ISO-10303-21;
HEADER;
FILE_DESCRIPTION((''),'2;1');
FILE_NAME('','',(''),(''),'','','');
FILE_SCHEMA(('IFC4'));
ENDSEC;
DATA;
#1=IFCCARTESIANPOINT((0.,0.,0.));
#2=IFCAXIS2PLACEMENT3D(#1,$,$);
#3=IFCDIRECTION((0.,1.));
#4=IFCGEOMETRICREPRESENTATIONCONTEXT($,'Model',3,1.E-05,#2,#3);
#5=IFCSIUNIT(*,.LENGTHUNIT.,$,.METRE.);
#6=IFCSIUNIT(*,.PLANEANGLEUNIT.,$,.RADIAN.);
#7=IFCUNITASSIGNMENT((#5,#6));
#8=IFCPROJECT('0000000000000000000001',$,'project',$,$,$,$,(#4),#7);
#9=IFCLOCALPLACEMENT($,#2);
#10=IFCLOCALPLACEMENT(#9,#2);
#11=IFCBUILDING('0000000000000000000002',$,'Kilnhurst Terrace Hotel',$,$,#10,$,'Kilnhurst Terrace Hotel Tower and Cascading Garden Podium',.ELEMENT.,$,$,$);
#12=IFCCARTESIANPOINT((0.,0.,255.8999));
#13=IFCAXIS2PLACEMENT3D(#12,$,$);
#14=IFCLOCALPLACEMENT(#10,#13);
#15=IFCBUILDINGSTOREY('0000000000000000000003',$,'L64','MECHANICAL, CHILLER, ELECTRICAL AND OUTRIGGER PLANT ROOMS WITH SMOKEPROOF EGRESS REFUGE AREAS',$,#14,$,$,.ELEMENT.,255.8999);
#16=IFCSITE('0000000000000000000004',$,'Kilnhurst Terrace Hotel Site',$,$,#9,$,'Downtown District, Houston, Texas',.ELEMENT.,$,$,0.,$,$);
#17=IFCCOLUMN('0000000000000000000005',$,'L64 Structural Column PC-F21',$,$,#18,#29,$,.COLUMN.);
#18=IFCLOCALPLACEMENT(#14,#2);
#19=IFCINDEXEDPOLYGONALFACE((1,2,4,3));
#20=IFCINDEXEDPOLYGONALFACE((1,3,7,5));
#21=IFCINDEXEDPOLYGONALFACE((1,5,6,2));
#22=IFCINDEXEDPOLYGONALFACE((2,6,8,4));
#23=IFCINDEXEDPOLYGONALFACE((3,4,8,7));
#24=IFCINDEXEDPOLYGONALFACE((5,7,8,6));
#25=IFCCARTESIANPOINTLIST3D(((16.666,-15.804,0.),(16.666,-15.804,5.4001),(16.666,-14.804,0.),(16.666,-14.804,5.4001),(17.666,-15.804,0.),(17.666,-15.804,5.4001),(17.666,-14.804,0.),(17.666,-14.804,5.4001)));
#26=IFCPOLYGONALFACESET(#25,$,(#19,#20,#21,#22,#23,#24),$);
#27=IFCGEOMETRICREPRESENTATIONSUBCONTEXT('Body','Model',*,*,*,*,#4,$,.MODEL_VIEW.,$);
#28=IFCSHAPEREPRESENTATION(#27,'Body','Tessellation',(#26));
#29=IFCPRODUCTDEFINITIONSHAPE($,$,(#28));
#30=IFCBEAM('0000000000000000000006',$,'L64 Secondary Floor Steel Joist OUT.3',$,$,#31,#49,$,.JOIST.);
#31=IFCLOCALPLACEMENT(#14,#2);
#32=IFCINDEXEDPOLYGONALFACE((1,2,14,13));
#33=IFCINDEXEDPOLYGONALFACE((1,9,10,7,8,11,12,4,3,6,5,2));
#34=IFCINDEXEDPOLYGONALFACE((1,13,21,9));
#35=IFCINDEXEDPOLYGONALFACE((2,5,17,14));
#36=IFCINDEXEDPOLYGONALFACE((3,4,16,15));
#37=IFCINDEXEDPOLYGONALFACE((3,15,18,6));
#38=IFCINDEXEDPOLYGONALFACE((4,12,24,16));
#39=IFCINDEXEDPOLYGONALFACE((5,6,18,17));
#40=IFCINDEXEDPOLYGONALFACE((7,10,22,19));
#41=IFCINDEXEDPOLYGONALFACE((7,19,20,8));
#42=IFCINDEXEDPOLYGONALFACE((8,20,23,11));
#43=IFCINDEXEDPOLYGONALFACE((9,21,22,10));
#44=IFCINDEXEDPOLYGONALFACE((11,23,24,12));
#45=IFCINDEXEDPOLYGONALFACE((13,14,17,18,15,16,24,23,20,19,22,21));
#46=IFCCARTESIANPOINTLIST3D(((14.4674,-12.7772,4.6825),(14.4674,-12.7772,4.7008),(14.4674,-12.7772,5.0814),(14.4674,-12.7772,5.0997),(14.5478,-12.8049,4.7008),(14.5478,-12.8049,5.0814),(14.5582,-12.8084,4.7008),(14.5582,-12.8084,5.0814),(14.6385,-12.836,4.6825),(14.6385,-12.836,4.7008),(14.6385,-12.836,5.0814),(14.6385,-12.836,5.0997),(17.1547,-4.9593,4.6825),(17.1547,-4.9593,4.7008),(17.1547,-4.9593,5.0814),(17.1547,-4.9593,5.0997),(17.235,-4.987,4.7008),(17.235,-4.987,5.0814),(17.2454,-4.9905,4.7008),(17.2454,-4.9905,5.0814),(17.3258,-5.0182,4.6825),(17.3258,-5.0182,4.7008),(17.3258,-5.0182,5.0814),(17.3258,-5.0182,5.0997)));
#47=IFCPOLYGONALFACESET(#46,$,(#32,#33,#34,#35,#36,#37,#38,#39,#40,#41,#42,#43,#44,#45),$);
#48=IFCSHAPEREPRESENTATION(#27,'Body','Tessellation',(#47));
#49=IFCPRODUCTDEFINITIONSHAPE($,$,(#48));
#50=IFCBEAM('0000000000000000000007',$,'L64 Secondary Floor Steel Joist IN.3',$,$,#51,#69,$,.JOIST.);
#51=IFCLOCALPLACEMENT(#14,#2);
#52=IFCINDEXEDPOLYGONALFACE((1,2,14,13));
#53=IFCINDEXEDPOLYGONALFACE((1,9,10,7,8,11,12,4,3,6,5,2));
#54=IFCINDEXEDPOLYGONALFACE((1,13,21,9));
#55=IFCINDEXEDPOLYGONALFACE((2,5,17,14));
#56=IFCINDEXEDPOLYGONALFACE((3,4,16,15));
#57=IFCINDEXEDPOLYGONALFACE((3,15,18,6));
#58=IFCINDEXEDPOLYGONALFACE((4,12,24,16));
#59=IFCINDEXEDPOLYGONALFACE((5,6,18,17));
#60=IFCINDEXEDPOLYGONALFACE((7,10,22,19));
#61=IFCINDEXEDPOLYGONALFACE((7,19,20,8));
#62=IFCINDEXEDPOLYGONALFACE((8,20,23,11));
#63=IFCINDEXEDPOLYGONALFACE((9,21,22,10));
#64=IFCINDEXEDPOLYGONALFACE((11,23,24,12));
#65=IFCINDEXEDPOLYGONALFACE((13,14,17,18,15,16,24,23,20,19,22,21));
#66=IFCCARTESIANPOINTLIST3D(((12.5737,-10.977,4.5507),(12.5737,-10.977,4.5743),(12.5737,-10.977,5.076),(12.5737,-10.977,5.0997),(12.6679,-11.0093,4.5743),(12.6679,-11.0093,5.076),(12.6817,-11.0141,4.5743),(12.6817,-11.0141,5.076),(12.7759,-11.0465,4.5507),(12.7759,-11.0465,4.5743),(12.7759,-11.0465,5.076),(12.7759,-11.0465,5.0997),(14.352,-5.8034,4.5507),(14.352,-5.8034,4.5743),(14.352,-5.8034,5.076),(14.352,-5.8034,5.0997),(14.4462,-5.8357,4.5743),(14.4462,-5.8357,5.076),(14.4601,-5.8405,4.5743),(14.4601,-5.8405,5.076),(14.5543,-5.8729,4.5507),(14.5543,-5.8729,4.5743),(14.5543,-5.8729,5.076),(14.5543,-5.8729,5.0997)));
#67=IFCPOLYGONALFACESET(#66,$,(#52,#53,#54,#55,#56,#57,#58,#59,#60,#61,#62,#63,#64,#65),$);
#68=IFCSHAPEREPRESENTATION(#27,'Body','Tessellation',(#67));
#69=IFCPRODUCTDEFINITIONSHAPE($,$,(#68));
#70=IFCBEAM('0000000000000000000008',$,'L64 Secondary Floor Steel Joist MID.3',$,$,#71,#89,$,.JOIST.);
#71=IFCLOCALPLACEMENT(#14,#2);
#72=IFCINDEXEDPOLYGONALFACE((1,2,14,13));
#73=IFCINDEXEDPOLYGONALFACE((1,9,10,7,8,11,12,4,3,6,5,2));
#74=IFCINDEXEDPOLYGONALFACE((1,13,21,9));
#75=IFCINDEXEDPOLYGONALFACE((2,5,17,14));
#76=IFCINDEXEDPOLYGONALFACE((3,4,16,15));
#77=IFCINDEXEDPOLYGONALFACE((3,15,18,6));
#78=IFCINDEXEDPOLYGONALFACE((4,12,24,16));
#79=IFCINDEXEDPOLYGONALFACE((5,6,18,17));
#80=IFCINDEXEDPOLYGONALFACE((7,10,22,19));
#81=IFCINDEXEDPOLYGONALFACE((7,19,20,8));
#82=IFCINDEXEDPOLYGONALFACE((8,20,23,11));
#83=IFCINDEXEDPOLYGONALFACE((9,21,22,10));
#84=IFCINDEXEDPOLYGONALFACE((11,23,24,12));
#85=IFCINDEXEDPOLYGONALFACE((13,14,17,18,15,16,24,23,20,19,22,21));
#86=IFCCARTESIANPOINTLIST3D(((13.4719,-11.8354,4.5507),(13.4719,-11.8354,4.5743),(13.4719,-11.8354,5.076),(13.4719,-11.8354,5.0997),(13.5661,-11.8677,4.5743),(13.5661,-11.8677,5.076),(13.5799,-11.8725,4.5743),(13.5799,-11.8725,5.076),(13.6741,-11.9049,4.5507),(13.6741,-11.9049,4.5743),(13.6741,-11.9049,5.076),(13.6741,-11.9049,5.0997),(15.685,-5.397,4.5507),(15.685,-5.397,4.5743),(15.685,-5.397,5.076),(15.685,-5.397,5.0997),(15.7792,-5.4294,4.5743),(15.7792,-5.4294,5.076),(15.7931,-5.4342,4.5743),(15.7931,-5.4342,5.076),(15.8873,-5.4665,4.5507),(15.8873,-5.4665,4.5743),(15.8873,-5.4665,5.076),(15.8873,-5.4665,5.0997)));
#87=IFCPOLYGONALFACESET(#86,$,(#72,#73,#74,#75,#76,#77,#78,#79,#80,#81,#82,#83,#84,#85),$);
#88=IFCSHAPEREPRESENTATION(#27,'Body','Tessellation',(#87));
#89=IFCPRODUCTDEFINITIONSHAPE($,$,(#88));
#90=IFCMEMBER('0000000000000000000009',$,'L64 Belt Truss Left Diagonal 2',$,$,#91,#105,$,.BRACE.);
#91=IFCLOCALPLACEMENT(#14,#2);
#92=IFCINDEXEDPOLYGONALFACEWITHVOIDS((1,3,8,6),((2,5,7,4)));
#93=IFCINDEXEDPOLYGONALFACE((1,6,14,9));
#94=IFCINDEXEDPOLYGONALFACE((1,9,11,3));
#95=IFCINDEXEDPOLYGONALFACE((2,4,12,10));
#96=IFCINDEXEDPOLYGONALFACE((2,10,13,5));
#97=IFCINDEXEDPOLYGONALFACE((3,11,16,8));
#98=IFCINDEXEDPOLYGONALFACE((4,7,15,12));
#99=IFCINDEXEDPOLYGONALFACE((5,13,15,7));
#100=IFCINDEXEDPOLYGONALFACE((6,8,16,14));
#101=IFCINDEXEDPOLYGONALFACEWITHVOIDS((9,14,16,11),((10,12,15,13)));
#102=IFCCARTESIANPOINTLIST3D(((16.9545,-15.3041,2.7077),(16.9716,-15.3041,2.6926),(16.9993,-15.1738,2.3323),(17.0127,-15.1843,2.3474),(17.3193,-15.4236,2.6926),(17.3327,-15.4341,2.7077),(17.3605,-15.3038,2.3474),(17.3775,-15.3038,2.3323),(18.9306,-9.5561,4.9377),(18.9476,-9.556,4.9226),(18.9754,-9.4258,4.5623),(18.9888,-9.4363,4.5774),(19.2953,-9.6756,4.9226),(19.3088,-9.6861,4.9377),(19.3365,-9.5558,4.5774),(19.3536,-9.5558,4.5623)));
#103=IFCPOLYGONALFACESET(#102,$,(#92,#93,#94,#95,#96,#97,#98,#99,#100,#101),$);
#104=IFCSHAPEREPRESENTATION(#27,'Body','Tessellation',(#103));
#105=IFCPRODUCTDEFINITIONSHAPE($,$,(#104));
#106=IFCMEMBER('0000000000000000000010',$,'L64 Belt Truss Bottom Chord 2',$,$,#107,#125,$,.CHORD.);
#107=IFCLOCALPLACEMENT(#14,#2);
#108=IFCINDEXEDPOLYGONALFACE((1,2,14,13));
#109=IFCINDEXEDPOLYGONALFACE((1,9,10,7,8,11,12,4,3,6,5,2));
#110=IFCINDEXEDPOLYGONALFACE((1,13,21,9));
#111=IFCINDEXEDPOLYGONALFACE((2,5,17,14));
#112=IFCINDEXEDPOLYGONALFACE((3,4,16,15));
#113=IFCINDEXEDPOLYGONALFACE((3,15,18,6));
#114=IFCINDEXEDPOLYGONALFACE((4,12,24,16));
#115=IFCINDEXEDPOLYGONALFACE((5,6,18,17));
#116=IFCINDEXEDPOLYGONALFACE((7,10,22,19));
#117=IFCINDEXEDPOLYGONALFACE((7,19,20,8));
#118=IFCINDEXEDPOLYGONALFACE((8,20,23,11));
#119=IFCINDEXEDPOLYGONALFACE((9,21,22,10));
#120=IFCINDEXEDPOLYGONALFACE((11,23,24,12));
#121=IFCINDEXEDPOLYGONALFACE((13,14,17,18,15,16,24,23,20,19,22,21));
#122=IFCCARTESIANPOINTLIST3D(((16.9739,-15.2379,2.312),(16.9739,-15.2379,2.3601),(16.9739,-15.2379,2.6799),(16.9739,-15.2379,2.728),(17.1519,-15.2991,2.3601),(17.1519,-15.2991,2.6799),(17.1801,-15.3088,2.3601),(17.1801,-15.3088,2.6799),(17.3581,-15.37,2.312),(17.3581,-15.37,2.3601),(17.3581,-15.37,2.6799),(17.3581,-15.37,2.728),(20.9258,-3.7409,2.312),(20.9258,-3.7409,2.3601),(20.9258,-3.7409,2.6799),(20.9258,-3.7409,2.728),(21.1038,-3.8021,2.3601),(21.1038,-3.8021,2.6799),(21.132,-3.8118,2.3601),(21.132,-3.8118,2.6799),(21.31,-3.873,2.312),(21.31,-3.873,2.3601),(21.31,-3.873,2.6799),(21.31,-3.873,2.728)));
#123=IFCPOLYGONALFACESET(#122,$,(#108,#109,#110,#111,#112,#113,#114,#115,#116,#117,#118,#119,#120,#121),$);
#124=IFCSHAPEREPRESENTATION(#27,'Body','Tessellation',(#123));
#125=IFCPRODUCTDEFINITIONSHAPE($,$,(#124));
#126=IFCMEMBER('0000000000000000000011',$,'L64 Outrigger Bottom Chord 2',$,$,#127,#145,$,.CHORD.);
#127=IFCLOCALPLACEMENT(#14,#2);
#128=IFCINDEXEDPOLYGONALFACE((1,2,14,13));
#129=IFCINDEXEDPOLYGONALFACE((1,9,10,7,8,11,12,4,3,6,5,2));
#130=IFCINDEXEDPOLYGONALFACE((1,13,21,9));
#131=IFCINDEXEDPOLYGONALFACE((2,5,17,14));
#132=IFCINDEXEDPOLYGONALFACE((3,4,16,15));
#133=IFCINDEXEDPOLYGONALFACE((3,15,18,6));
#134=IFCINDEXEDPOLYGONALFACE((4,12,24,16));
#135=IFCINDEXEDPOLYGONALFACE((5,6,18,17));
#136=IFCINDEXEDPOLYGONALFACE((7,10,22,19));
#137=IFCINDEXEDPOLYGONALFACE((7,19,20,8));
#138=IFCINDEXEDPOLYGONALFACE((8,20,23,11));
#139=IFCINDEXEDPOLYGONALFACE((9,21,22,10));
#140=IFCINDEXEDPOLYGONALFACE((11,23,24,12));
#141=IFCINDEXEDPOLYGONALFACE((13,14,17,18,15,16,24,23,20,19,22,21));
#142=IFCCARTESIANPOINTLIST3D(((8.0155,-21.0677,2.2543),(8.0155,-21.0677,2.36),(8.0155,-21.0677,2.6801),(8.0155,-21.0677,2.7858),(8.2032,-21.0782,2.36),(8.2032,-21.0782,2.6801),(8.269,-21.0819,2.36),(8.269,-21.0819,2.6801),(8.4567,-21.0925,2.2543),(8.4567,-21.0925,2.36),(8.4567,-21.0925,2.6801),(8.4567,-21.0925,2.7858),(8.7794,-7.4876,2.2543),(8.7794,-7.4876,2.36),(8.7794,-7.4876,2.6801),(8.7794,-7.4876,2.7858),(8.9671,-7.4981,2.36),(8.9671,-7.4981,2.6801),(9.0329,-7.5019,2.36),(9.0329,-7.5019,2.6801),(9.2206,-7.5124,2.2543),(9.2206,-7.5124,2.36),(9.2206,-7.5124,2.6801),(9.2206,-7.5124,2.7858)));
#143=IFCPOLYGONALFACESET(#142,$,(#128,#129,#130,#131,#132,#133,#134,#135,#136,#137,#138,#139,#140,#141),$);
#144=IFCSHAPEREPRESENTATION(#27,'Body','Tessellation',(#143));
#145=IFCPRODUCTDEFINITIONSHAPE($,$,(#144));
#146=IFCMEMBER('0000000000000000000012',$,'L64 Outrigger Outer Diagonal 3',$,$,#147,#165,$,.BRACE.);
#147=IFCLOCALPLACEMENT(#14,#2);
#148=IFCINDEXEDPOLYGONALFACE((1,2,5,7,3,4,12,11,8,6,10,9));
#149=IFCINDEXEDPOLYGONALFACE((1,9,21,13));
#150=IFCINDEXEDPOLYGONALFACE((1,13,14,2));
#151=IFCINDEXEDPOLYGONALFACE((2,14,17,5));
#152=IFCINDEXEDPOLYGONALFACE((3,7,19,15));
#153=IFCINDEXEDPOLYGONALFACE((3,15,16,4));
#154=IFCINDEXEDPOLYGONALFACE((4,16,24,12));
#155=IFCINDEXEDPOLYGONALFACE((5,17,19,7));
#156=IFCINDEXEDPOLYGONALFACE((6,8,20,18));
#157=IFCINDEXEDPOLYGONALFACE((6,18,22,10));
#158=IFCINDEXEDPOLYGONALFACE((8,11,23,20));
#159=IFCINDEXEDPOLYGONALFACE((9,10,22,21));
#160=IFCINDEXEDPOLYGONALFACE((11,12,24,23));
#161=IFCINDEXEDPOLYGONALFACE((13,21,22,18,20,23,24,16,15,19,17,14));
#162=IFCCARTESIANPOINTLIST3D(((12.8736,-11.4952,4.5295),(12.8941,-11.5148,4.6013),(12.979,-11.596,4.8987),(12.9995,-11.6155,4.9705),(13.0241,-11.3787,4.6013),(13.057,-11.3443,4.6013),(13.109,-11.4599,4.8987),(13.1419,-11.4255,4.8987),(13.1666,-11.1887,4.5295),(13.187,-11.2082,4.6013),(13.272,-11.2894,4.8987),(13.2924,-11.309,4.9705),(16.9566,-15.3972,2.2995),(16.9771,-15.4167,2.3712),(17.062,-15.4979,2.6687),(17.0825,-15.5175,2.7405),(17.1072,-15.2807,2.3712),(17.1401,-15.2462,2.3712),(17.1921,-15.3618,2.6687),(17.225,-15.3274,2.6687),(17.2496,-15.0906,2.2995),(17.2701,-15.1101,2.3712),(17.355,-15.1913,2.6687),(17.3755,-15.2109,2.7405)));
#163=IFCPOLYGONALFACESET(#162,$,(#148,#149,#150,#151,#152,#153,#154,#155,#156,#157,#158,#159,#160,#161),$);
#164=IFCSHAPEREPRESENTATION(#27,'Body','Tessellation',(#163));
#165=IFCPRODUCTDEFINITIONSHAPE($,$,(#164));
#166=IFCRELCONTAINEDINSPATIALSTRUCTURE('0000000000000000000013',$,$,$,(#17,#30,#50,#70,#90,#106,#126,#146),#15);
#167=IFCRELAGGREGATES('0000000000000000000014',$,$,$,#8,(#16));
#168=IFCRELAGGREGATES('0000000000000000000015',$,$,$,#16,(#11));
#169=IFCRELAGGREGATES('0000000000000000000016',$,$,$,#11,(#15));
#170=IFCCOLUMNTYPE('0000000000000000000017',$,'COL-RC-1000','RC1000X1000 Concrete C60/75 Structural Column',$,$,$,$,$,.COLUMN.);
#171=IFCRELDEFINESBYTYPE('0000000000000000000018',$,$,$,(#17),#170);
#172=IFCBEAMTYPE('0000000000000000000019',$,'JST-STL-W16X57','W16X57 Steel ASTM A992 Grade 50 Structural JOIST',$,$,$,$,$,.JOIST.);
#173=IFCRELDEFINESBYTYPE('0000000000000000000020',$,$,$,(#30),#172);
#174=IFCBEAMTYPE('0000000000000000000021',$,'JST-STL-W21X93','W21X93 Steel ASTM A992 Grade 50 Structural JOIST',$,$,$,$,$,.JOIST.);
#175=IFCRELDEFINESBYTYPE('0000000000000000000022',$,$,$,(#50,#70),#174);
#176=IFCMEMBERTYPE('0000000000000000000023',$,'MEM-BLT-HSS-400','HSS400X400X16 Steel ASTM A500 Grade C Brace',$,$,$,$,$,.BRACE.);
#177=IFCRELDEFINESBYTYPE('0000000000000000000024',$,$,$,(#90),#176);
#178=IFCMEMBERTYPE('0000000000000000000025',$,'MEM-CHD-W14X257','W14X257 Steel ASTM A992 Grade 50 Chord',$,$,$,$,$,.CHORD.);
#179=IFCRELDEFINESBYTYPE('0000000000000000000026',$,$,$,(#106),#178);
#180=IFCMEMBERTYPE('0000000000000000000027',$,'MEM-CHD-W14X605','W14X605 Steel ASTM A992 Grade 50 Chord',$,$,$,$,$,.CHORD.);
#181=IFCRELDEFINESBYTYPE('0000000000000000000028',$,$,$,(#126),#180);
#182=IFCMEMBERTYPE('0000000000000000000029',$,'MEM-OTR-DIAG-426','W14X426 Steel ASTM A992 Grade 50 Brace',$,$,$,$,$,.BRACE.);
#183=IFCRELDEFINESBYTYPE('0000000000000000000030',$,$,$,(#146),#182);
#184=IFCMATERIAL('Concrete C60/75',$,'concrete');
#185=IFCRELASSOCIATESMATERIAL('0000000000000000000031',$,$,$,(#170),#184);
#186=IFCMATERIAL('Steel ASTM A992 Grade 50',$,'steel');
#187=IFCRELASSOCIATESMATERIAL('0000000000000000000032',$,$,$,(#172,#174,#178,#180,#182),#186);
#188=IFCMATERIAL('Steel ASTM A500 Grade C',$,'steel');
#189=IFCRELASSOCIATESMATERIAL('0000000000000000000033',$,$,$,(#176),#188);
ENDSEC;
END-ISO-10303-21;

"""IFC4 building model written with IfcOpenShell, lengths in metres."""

from ifc_helpers import new_model, si_unit, direction, frame, origin, origin_2d, place, context, subcontext, project, spatial, rectangle, hollow_rectangle, i_section, extrude, material, material_profile, profile_set, type_object, element, save


model = new_model("IFC4")

# Units and contexts
model_context = context("Model", 3, precision=1e-05, world=origin(), true_north=direction((0.0, 1.0)))
body_context = subcontext(model_context, "Body", "Model", "MODEL_VIEW")
ifc_project = project(units=[si_unit("LENGTHUNIT", "METRE"), si_unit("PLANEANGLEUNIT", "RADIAN")], contexts=[model_context])

# Site, building, storey
site_placement = place(None, origin())
site = spatial("IfcSite", under=ifc_project, at=site_placement, Name="Kilnhurst Terrace Hotel Site", LongName="Downtown District, Houston, Texas", CompositionType="ELEMENT", RefElevation=0.0)
building_placement = place(site_placement, origin())
building = spatial("IfcBuilding", under=site, at=building_placement, Name="Kilnhurst Terrace Hotel", LongName="Kilnhurst Terrace Hotel Tower and Cascading Garden Podium", CompositionType="ELEMENT")
storey_placement = place(building_placement, frame((0.0, 0.0, 255.8999)))
storey = spatial("IfcBuildingStorey", under=building, at=storey_placement, Name="L64", Description="MECHANICAL, CHILLER, ELECTRICAL AND OUTRIGGER PLANT ROOMS WITH SMOKEPROOF EGRESS REFUGE AREAS", CompositionType="ELEMENT", Elevation=255.8999)

# Column
ifc_material_1 = material(Name="Concrete C60/75", Category="concrete")
ifc_material_profile_1 = material_profile(ifc_material_1, rectangle(XDim=1.0, YDim=1.0, at=origin_2d()), Name="RC1000X1000")
ifc_profile_set_1 = profile_set([ifc_material_profile_1], Name="Concrete C60/75")
column_type = type_object("IfcColumnType", Name="COL-RC-1000", Description="RC1000X1000 Concrete C60/75 Structural Column", PredefinedType="COLUMN", material=ifc_profile_set_1)
column_placement = place(storey_placement, frame((17.166, -15.304, 0.0), z_axis=(0.0, 0.0, 1.0), x_axis=(1.0, 0.0, 0.0)))
element("IfcColumn", 1, at=column_placement, inside=storey, type_object=column_type, Name="L64 Structural Column PC-F21", PredefinedType="COLUMN", context=body_context, shape_type="SweptSolid", body=[
    extrude(rectangle(XDim=1.0, YDim=1.0, at=origin_2d()), origin(), (0.0, 0.0, 1.0), 5.4001),
])

# Beams
ifc_material_2 = material(Name="Steel ASTM A992 Grade 50", Category="steel")
ifc_material_profile_2 = material_profile(ifc_material_2, i_section(OverallWidth=0.1809, OverallDepth=0.4172, WebThickness=0.011, FlangeThickness=0.0183, at=origin_2d()), Name="W16X57")
ifc_profile_set_2 = profile_set([ifc_material_profile_2], Name="Steel ASTM A992 Grade 50")
beam_type_1 = type_object("IfcBeamType", Name="JST-STL-W16X57", Description="W16X57 Steel ASTM A992 Grade 50 Structural JOIST", PredefinedType="JOIST", material=ifc_profile_set_2)
beam_1_placement = place(storey_placement, frame((14.553, -12.8066, 4.8911), z_axis=(0.325065, 0.945692, 0.0), x_axis=(-0.945692, 0.325065, 0.0)))
element("IfcBeam", 2, at=beam_1_placement, inside=storey, type_object=beam_type_1, Name="L64 Secondary Floor Steel Joist OUT.3", PredefinedType="JOIST", context=body_context, shape_type="SweptSolid", body=[
    extrude(i_section(OverallWidth=0.1809, OverallDepth=0.4172, WebThickness=0.011, FlangeThickness=0.0183, at=origin_2d()), origin(), (0.0, 0.0, 1.0), 8.2668),
])
ifc_material_profile_3 = material_profile(ifc_material_2, i_section(OverallWidth=0.2139, OverallDepth=0.5491, WebThickness=0.0146, FlangeThickness=0.0237, at=origin_2d()), Name="W21X93")
ifc_profile_set_3 = profile_set([ifc_material_profile_3], Name="Steel ASTM A992 Grade 50")
beam_type_2 = type_object("IfcBeamType", Name="JST-STL-W21X93", Description="W21X93 Steel ASTM A992 Grade 50 Structural JOIST", PredefinedType="JOIST", material=ifc_profile_set_3)
beam_2_placement = place(storey_placement, frame((12.6748, -11.0117, 4.8252), z_axis=(0.325064, 0.945692, 0.0), x_axis=(-0.945692, 0.325064, 0.0)))
element("IfcBeam", 3, at=beam_2_placement, inside=storey, type_object=beam_type_2, Name="L64 Secondary Floor Steel Joist IN.3", PredefinedType="JOIST", context=body_context, shape_type="SweptSolid", body=[
    extrude(i_section(OverallWidth=0.2139, OverallDepth=0.5491, WebThickness=0.0146, FlangeThickness=0.0237, at=origin_2d()), origin(), (0.0, 0.0, 1.0), 5.4707),
])
beam_3_placement = place(storey_placement, frame((13.573, -11.8701, 4.8252), z_axis=(0.325079, 0.945687, 0.0), x_axis=(-0.945687, 0.325079, 0.0)))
element("IfcBeam", 4, at=beam_3_placement, inside=storey, type_object=beam_type_2, Name="L64 Secondary Floor Steel Joist MID.3", PredefinedType="JOIST", context=body_context, shape_type="SweptSolid", body=[
    extrude(i_section(OverallWidth=0.2139, OverallDepth=0.5491, WebThickness=0.0146, FlangeThickness=0.0237, at=origin_2d()), origin(), (0.0, 0.0, 1.0), 6.8081),
])

# Members
ifc_material_3 = material(Name="Steel ASTM A500 Grade C", Category="steel")
ifc_material_profile_4 = material_profile(ifc_material_3, hollow_rectangle(XDim=0.3999, YDim=0.3999, WallThickness=0.0161, at=origin_2d()), Name="HSS400X400X16")
ifc_profile_set_4 = profile_set([ifc_material_profile_4], Name="Steel ASTM A500 Grade C")
member_type_1 = type_object("IfcMemberType", Name="MEM-BLT-HSS-400", Description="HSS400X400X16 Steel ASTM A500 Grade C Brace", PredefinedType="BRACE", material=ifc_profile_set_4)
member_1_placement = place(storey_placement, frame((17.166, -15.304, 2.52), z_axis=(0.305214, 0.887813, 0.344431), x_axis=(-0.945677, 0.325107, 0.0)))
element("IfcMember", 5, at=member_1_placement, inside=storey, type_object=member_type_1, Name="L64 Belt Truss Left Diagonal 2", PredefinedType="BRACE", context=body_context, shape_type="SweptSolid", body=[
    extrude(hollow_rectangle(XDim=0.3999, YDim=0.3999, WallThickness=0.0161, at=origin_2d()), origin(), (0.0, 0.0, 1.0), 6.4744),
])
ifc_material_profile_5 = material_profile(ifc_material_2, i_section(OverallWidth=0.4062, OverallDepth=0.416, WebThickness=0.0298, FlangeThickness=0.0481, at=origin_2d()), Name="W14X257")
ifc_profile_set_5 = profile_set([ifc_material_profile_5], Name="Steel ASTM A992 Grade 50")
member_type_2 = type_object("IfcMemberType", Name="MEM-CHD-W14X257", Description="W14X257 Steel ASTM A992 Grade 50 Chord", PredefinedType="CHORD", material=ifc_profile_set_5)
member_2_placement = place(storey_placement, frame((17.166, -15.304, 2.52), z_axis=(0.325064, 0.945692, 0.0), x_axis=(-0.945692, 0.325064, 0.0)))
element("IfcMember", 6, at=member_2_placement, inside=storey, type_object=member_type_2, Name="L64 Belt Truss Bottom Chord 2", PredefinedType="CHORD", context=body_context, shape_type="SweptSolid", body=[
    extrude(i_section(OverallWidth=0.4062, OverallDepth=0.416, WebThickness=0.0298, FlangeThickness=0.0481, at=origin_2d()), origin(), (0.0, 0.0, 1.0), 12.1572),
])
ifc_material_profile_6 = material_profile(ifc_material_2, i_section(OverallWidth=0.4419, OverallDepth=0.5315, WebThickness=0.0659, FlangeThickness=0.1057, at=origin_2d()), Name="W14X605")
ifc_profile_set_6 = profile_set([ifc_material_profile_6], Name="Steel ASTM A992 Grade 50")
member_type_3 = type_object("IfcMemberType", Name="MEM-CHD-W14X605", Description="W14X605 Steel ASTM A992 Grade 50 Chord", PredefinedType="CHORD", material=ifc_profile_set_6)
member_3_placement = place(storey_placement, frame((9.0, -7.5, 2.52), z_axis=(-0.056164, -0.998422, 0.0), x_axis=(0.998422, -0.056164, 0.0)))
element("IfcMember", 7, at=member_3_placement, inside=storey, type_object=member_type_3, Name="L64 Outrigger Bottom Chord 2", PredefinedType="CHORD", context=body_context, shape_type="SweptSolid", body=[
    extrude(i_section(OverallWidth=0.4419, OverallDepth=0.5315, WebThickness=0.0659, FlangeThickness=0.1057, at=origin_2d()), origin(), (0.0, 0.0, 1.0), 13.6016),
])
ifc_material_profile_7 = material_profile(ifc_material_2, i_section(OverallWidth=0.4241, OverallDepth=0.4741, WebThickness=0.0476, FlangeThickness=0.0771, at=origin_2d()), Name="W14X426")
ifc_profile_set_7 = profile_set([ifc_material_profile_7], Name="Steel ASTM A992 Grade 50")
member_type_4 = type_object("IfcMemberType", Name="MEM-OTR-DIAG-426", Description="W14X426 Steel ASTM A992 Grade 50 Brace", PredefinedType="BRACE", material=ifc_profile_set_7)
member_4_placement = place(storey_placement, frame((13.083, -11.4021, 4.75), z_axis=(0.672441, -0.642606, -0.367261), x_axis=(0.690887, 0.722963, 0.0)))
element("IfcMember", 8, at=member_4_placement, inside=storey, type_object=member_type_4, Name="L64 Outrigger Outer Diagonal 3", PredefinedType="BRACE", context=body_context, shape_type="SweptSolid", body=[
    extrude(i_section(OverallWidth=0.4241, OverallDepth=0.4741, WebThickness=0.0476, FlangeThickness=0.0771, at=origin_2d()), origin(), (0.0, 0.0, 1.0), 6.072),
])

save(model, "model.ifc")
